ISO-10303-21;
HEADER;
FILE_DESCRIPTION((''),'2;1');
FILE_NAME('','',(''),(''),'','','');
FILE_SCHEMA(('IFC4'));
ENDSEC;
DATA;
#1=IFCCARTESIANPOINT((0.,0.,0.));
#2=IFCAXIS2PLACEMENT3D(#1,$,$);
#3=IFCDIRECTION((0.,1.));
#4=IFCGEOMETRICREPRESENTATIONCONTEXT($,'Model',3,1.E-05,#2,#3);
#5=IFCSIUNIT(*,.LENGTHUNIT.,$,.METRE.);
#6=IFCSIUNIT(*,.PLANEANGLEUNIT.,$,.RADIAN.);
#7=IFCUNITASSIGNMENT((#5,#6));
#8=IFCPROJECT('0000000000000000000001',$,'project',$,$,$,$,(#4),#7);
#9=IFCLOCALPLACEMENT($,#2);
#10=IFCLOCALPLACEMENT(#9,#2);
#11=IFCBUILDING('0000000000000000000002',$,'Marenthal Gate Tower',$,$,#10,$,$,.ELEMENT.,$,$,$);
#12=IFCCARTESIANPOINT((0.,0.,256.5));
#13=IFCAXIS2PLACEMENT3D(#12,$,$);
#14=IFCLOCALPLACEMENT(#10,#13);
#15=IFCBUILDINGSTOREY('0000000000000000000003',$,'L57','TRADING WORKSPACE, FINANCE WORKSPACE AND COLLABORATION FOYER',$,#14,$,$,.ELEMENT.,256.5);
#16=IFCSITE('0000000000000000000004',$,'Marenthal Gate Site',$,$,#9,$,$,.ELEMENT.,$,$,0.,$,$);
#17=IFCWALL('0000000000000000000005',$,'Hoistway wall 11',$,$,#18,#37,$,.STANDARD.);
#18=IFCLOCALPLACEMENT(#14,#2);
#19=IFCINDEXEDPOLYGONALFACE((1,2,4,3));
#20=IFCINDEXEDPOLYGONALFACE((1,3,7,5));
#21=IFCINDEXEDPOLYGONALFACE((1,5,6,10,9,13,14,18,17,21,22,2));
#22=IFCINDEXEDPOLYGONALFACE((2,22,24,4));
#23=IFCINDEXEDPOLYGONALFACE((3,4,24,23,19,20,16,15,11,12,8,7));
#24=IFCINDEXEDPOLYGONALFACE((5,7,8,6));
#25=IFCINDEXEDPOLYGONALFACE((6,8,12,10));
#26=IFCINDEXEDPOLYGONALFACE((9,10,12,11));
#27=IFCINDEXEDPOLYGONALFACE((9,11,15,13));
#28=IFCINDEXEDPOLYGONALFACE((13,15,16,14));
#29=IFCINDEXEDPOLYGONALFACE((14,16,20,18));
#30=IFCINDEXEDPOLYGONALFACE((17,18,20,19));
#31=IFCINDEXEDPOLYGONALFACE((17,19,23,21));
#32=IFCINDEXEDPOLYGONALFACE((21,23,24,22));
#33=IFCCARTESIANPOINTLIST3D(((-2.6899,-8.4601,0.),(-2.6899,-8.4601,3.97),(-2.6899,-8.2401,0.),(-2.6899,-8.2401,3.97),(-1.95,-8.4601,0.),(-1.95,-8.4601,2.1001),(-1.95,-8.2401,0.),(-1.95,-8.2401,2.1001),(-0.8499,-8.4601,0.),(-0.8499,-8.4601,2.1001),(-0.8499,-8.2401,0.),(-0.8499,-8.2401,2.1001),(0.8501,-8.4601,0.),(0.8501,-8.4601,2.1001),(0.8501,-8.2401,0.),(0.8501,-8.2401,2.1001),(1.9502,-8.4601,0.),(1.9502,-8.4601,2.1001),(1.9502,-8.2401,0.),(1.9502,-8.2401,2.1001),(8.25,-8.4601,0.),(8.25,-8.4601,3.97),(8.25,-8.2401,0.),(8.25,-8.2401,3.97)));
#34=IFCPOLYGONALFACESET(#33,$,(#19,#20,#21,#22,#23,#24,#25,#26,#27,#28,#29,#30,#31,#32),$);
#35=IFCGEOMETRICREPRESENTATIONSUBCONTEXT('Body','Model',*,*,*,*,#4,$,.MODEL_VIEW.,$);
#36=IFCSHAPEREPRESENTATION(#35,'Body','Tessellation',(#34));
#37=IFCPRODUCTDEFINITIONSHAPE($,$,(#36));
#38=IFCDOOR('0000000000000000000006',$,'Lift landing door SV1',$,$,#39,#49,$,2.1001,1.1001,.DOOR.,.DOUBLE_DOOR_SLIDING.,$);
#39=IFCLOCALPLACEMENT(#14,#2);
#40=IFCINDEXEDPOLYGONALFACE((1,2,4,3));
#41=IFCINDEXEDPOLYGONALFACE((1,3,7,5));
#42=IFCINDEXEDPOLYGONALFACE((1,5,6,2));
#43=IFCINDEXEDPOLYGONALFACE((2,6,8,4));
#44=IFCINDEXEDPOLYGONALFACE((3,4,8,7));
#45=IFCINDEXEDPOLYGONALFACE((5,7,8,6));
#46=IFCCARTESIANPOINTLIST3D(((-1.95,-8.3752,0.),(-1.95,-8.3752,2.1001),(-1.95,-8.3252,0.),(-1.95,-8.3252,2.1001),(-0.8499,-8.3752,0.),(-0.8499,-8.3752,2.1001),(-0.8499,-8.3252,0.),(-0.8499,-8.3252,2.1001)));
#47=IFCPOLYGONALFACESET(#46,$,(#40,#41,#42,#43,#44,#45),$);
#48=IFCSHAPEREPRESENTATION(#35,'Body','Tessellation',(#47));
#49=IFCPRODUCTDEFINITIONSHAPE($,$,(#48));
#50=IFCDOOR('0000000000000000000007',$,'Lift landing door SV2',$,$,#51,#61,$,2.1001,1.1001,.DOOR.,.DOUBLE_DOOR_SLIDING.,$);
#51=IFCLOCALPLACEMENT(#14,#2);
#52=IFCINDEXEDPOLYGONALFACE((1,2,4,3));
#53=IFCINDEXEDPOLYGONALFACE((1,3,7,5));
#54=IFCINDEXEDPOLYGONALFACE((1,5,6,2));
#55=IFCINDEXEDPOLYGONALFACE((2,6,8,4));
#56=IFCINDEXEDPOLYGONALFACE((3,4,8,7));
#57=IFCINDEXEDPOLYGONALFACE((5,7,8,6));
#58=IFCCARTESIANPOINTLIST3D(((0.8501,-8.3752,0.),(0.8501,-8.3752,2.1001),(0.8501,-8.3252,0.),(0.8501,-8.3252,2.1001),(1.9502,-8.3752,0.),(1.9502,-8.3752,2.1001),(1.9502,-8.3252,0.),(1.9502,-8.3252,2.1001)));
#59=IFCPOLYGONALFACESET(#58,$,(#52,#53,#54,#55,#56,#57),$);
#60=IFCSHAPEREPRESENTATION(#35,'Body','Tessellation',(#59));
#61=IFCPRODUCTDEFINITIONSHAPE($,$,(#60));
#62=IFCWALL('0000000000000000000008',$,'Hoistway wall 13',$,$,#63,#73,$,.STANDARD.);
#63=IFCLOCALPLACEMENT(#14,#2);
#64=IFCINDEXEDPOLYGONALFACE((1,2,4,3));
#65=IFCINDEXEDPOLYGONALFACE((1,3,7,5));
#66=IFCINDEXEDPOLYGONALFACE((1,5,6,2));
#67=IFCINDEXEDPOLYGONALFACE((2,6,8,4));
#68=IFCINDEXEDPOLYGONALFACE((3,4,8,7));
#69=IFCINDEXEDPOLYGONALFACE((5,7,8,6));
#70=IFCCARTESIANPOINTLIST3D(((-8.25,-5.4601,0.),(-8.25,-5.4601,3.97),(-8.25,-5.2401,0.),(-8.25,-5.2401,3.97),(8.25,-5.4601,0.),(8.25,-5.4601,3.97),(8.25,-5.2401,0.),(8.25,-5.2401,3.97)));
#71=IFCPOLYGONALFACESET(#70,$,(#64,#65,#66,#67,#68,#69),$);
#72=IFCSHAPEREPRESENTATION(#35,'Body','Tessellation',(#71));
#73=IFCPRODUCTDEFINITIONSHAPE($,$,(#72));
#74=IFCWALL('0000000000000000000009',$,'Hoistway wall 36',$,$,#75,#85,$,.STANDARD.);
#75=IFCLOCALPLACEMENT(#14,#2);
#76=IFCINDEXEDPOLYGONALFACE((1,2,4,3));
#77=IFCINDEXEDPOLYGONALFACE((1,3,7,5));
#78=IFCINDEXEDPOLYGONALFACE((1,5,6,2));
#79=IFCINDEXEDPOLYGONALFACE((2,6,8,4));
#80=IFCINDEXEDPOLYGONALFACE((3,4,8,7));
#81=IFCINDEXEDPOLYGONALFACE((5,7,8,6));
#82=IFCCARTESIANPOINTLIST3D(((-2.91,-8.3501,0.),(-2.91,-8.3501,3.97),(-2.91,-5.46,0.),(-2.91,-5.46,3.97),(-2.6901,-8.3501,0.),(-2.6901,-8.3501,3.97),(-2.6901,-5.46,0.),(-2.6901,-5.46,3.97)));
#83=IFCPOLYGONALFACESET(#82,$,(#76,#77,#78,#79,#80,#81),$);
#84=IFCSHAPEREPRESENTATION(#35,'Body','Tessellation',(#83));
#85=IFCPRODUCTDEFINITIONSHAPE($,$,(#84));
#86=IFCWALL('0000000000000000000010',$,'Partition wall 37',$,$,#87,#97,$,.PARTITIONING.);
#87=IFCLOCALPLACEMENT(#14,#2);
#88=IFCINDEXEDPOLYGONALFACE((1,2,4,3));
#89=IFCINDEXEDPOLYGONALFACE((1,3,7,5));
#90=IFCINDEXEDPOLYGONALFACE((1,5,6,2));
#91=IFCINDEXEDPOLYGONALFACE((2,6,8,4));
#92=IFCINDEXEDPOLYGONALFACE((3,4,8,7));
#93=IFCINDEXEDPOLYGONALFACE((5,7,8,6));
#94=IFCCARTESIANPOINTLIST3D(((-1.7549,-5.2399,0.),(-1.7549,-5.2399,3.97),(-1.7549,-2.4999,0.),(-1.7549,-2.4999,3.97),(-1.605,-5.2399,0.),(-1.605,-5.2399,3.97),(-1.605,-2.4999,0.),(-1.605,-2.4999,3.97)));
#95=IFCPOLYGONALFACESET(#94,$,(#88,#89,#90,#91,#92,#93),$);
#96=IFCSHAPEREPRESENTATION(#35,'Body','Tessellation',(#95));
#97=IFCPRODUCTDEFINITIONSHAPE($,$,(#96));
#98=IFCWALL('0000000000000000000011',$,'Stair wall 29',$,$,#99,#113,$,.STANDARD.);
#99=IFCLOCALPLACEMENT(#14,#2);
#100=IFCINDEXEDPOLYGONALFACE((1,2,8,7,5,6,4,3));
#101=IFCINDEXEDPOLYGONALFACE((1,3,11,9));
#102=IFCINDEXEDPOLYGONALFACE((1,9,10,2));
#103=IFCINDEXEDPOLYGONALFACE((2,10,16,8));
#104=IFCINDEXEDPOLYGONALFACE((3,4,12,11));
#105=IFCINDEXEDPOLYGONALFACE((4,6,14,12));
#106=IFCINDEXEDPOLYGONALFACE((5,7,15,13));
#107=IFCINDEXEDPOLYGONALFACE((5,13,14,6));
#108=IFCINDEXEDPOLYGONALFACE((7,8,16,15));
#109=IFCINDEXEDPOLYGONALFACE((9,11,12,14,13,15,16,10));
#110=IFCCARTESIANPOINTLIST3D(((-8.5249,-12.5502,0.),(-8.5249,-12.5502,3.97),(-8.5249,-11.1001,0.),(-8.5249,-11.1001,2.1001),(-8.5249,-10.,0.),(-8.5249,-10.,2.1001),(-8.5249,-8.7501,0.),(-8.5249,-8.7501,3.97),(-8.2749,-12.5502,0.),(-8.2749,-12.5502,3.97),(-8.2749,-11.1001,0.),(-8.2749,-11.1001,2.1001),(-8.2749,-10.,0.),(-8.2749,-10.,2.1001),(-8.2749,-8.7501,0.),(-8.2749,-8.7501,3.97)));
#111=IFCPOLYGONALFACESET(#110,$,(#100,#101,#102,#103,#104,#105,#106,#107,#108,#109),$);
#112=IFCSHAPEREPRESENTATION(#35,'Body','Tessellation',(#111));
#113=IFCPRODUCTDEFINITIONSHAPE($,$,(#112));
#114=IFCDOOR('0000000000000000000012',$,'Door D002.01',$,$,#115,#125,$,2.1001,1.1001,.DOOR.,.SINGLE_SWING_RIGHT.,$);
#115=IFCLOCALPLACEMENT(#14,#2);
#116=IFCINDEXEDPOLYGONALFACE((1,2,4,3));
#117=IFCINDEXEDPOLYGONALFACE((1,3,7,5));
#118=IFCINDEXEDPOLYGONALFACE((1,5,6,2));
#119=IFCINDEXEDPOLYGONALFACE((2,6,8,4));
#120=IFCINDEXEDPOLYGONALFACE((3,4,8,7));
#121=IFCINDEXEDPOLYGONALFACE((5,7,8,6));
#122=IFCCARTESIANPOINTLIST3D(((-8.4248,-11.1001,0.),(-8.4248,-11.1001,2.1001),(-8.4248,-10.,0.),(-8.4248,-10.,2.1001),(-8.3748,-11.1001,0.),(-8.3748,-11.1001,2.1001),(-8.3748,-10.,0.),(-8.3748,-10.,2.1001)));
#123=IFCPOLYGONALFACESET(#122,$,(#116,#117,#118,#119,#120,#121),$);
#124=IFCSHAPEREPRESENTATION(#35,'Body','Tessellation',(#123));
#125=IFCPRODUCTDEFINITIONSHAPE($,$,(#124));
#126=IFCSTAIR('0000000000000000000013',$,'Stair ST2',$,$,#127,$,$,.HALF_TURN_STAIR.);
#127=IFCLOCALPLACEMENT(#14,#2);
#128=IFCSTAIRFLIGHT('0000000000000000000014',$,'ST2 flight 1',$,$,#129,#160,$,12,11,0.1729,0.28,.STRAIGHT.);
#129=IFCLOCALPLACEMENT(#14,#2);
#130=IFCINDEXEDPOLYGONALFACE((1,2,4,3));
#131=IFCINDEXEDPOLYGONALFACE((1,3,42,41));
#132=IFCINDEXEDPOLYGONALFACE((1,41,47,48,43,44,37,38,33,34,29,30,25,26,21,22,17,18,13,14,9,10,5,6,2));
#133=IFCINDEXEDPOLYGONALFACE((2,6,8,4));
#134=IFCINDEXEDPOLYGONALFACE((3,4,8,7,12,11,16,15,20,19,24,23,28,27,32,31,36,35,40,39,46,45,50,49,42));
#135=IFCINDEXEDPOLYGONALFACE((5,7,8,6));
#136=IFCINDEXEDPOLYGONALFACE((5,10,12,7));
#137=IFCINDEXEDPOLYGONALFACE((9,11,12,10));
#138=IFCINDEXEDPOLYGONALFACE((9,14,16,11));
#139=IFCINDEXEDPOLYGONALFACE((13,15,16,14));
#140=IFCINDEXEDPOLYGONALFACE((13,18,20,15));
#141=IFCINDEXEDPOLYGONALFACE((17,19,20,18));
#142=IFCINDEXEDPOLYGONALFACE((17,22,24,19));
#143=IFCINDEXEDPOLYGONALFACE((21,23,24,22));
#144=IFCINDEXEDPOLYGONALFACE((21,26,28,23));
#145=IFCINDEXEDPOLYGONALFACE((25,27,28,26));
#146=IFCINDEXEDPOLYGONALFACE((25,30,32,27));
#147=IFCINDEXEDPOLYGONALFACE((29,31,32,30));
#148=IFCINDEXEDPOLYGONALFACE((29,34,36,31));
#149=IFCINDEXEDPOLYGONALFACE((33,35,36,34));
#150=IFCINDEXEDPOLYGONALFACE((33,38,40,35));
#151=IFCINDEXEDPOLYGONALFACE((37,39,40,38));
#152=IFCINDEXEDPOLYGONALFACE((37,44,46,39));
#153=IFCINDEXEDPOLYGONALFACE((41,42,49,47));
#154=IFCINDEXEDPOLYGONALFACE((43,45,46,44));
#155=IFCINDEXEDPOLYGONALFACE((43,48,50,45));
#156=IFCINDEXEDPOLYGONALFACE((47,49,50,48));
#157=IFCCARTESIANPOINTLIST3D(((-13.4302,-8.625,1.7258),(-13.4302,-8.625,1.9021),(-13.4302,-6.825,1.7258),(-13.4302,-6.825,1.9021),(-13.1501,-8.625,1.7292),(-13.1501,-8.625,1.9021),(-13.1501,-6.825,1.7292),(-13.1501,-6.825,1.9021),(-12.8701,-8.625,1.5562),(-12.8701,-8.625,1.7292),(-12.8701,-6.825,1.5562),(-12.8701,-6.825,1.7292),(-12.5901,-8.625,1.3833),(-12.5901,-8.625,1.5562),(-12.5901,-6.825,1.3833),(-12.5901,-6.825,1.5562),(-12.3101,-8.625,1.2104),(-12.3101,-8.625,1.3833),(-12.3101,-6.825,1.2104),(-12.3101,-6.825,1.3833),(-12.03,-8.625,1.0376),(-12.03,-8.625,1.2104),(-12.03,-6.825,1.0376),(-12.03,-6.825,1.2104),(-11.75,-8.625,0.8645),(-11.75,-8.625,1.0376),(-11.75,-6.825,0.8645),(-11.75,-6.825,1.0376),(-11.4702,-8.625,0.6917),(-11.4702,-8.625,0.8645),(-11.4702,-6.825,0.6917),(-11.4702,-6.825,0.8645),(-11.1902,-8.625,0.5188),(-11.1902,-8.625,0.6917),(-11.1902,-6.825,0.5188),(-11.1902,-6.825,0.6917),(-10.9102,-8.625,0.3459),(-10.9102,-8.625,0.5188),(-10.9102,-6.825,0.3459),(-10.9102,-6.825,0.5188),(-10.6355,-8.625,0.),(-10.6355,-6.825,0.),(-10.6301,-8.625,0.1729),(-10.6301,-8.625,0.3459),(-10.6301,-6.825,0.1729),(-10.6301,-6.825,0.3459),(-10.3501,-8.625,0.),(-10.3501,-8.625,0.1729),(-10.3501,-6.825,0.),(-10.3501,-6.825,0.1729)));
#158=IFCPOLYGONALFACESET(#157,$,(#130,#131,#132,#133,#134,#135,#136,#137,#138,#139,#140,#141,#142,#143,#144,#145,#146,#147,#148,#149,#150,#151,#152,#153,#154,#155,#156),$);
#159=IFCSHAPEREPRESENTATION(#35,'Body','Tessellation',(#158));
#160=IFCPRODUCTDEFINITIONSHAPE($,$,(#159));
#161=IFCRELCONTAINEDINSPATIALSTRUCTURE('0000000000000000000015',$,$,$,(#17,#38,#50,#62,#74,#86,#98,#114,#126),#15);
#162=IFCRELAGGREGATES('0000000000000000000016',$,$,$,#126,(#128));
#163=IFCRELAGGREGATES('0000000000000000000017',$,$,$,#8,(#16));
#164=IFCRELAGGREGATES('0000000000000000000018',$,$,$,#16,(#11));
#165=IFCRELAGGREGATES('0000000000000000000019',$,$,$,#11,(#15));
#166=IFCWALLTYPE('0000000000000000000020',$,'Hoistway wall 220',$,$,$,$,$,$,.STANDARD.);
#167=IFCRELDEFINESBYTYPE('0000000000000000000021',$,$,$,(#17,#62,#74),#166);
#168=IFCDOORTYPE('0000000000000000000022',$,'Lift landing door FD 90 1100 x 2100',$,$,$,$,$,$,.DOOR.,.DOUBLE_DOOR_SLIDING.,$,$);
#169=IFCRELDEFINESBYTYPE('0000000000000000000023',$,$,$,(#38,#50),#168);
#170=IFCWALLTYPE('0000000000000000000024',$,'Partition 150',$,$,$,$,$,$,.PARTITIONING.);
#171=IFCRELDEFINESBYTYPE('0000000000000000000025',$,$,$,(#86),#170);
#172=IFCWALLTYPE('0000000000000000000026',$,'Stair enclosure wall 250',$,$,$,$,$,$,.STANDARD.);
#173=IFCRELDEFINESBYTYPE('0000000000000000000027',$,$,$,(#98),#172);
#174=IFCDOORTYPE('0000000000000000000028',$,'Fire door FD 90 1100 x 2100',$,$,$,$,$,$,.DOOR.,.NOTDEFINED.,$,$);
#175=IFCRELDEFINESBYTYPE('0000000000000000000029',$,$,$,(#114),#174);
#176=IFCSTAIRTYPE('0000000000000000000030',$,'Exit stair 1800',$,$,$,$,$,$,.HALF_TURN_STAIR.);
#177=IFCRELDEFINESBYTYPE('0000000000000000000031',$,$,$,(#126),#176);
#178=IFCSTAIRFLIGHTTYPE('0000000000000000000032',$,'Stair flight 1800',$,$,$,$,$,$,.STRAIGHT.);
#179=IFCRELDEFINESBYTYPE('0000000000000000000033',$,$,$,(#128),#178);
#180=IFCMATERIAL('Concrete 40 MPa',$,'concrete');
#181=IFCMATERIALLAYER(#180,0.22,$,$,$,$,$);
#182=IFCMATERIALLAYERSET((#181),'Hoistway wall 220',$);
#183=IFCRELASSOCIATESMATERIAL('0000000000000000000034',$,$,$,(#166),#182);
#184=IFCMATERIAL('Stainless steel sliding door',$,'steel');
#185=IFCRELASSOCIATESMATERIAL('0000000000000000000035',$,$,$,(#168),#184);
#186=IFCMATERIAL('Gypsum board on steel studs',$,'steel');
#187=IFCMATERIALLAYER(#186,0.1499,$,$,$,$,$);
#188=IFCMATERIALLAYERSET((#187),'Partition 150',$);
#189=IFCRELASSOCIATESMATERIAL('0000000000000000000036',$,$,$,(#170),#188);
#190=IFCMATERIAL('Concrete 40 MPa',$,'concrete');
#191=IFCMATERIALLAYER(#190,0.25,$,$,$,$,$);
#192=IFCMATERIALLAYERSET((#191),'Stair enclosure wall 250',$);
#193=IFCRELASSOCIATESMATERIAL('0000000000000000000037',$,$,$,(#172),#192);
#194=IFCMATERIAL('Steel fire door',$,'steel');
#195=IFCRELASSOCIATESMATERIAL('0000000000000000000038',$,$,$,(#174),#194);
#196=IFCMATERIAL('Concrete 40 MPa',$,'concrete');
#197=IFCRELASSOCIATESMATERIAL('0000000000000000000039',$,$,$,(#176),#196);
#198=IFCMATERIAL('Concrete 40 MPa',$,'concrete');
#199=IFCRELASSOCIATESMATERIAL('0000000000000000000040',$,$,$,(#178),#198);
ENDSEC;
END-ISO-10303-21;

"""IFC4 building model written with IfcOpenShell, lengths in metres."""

from ifc_helpers import new_model, si_unit, direction, frame, frame_2d, origin, place, context, subcontext, project, spatial, polyline, rectangle, outline, extrude, material, layer, layer_set, type_object, element, fill, aggregate, save


model = new_model("IFC4")

# Units and contexts
model_context = context("Model", 3, precision=1e-05, world=origin(), true_north=direction((0.0, 1.0)))
body_context = subcontext(model_context, "Body", "Model", "MODEL_VIEW")
ifc_project = project(units=[si_unit("LENGTHUNIT", "METRE"), si_unit("PLANEANGLEUNIT", "RADIAN")], contexts=[model_context])

# Site, building, storey
site_placement = place(None, origin())
site = spatial("IfcSite", under=ifc_project, at=site_placement, Name="Marenthal Gate Site", CompositionType="ELEMENT", RefElevation=0.0)
building_placement = place(site_placement, origin())
building = spatial("IfcBuilding", under=site, at=building_placement, Name="Marenthal Gate Tower", CompositionType="ELEMENT")
storey_placement = place(building_placement, frame((0.0, 0.0, 256.5)))
storey = spatial("IfcBuildingStorey", under=building, at=storey_placement, Name="L57", Description="TRADING WORKSPACE, FINANCE WORKSPACE AND COLLABORATION FOYER", CompositionType="ELEMENT", Elevation=256.5)

# Wall, openings, doors
ifc_material_1 = material(Name="Concrete 40 MPa", Category="concrete")
ifc_layer_1 = layer(ifc_material_1, 0.22)
ifc_layer_set_1 = layer_set([ifc_layer_1], Name="Hoistway wall 220")
wall_type_1 = type_object("IfcWallType", Name="Hoistway wall 220", PredefinedType="STANDARD", material=ifc_layer_set_1)
ifc_material_2 = material(Name="Stainless steel sliding door", Category="steel")
door_type_1 = type_object("IfcDoorType", Name="Lift landing door FD 90 1100 x 2100", OperationType="DOUBLE_DOOR_SLIDING", PredefinedType="DOOR", material=ifc_material_2)
wall_1_placement = place(storey_placement, frame((-2.6899, -8.3501, 0.0), z_axis=(0.0, 0.0, 1.0), x_axis=(1.0, 0.0, 0.0)))
wall_1 = element("IfcWall", 1, at=wall_1_placement, inside=storey, type_object=wall_type_1, Name="Hoistway wall 11", PredefinedType="STANDARD", context=body_context, shape_type="SweptSolid", body=[
    extrude(rectangle(XDim=10.9399, YDim=0.22, at=frame_2d((5.47, 0.0))), origin(), (0.0, 0.0, 1.0), 3.97),
])
opening_1_placement = place(wall_1_placement, frame((0.74, 0.0, 0.0)))
opening_1 = element("IfcOpeningElement", 2, at=opening_1_placement, cuts=wall_1, PredefinedType="OPENING", context=body_context, shape_type="SweptSolid", body=[
    extrude(rectangle(XDim=1.1001, YDim=2.1001, at=frame_2d((0.55, 1.05))), frame((0.0, 0.1201, 0.0), z_axis=(0.0, -1.0, 0.0), x_axis=(1.0, 0.0, 0.0)), (0.0, 0.0, 1.0), 0.24),
])
opening_2_placement = place(wall_1_placement, frame((3.54, 0.0, 0.0)))
opening_2 = element("IfcOpeningElement", 3, at=opening_2_placement, cuts=wall_1, PredefinedType="OPENING", context=body_context, shape_type="SweptSolid", body=[
    extrude(rectangle(XDim=1.1001, YDim=2.1001, at=frame_2d((0.55, 1.05))), frame((0.0, 0.1201, 0.0), z_axis=(0.0, -1.0, 0.0), x_axis=(1.0, 0.0, 0.0)), (0.0, 0.0, 1.0), 0.24),
])
door_1_placement = place(opening_1_placement, origin())
door_1 = element("IfcDoor", 4, at=door_1_placement, inside=storey, type_object=door_type_1, Name="Lift landing door SV1", OperationType="DOUBLE_DOOR_SLIDING", OverallHeight=2.1001, OverallWidth=1.1001, PredefinedType="DOOR", context=body_context, shape_type="SweptSolid", body=[
    extrude(rectangle(XDim=1.1001, YDim=2.1001, at=frame_2d((0.55, 1.05))), frame((0.0, 0.0249, 0.0), z_axis=(0.0, -1.0, 0.0), x_axis=(1.0, 0.0, 0.0)), (0.0, 0.0, 1.0), 0.05),
])
fill(opening_1, door_1)
door_2_placement = place(opening_2_placement, origin())
door_2 = element("IfcDoor", 5, at=door_2_placement, inside=storey, type_object=door_type_1, Name="Lift landing door SV2", OperationType="DOUBLE_DOOR_SLIDING", OverallHeight=2.1001, OverallWidth=1.1001, PredefinedType="DOOR", context=body_context, shape_type="SweptSolid", body=[
    extrude(rectangle(XDim=1.1001, YDim=2.1001, at=frame_2d((0.55, 1.05))), frame((0.0, 0.0249, 0.0), z_axis=(0.0, -1.0, 0.0), x_axis=(1.0, 0.0, 0.0)), (0.0, 0.0, 1.0), 0.05),
])
fill(opening_2, door_2)

# Walls
wall_2_placement = place(storey_placement, frame((-8.25, -5.3501, 0.0), z_axis=(0.0, 0.0, 1.0), x_axis=(1.0, 0.0, 0.0)))
element("IfcWall", 6, at=wall_2_placement, inside=storey, type_object=wall_type_1, Name="Hoistway wall 13", PredefinedType="STANDARD", context=body_context, shape_type="SweptSolid", body=[
    extrude(rectangle(XDim=16.5, YDim=0.22, at=frame_2d((8.25, 0.0))), origin(), (0.0, 0.0, 1.0), 3.97),
])
wall_3_placement = place(storey_placement, frame((-2.8, -8.3501, 0.0), z_axis=(0.0, 0.0, 1.0), x_axis=(0.0, 1.0, 0.0)))
element("IfcWall", 7, at=wall_3_placement, inside=storey, type_object=wall_type_1, Name="Hoistway wall 36", PredefinedType="STANDARD", context=body_context, shape_type="SweptSolid", body=[
    extrude(rectangle(XDim=2.8901, YDim=0.22, at=frame_2d((1.4451, 0.0))), origin(), (0.0, 0.0, 1.0), 3.97),
])
ifc_material_3 = material(Name="Gypsum board on steel studs", Category="steel")
ifc_layer_2 = layer(ifc_material_3, 0.1499)
ifc_layer_set_2 = layer_set([ifc_layer_2], Name="Partition 150")
wall_type_2 = type_object("IfcWallType", Name="Partition 150", PredefinedType="PARTITIONING", material=ifc_layer_set_2)
wall_4_placement = place(storey_placement, frame((-1.6799, -5.24, 0.0), z_axis=(0.0, 0.0, 1.0), x_axis=(0.0, 1.0, 0.0)))
element("IfcWall", 8, at=wall_4_placement, inside=storey, type_object=wall_type_2, Name="Partition wall 37", PredefinedType="PARTITIONING", context=body_context, shape_type="SweptSolid", body=[
    extrude(rectangle(XDim=2.74, YDim=0.1499, at=frame_2d((1.3701, 0.0))), origin(), (0.0, 0.0, 1.0), 3.97),
])

# Wall, opening, door
ifc_material_4 = material(Name="Concrete 40 MPa", Category="concrete")
ifc_layer_3 = layer(ifc_material_4, 0.25)
ifc_layer_set_3 = layer_set([ifc_layer_3], Name="Stair enclosure wall 250")
wall_type_3 = type_object("IfcWallType", Name="Stair enclosure wall 250", PredefinedType="STANDARD", material=ifc_layer_set_3)
wall_5_placement = place(storey_placement, frame((-8.3999, -12.55, 0.0), z_axis=(0.0, 0.0, 1.0), x_axis=(0.0, 1.0, 0.0)))
wall_5 = element("IfcWall", 9, at=wall_5_placement, inside=storey, type_object=wall_type_3, Name="Stair wall 29", PredefinedType="STANDARD", context=body_context, shape_type="SweptSolid", body=[
    extrude(rectangle(XDim=3.8, YDim=0.25, at=frame_2d((1.8999, 0.0))), origin(), (0.0, 0.0, 1.0), 3.97),
])
opening_3_placement = place(wall_5_placement, frame((1.45, 0.0, 0.0)))
opening_3 = element("IfcOpeningElement", 10, at=opening_3_placement, cuts=wall_5, PredefinedType="OPENING", context=body_context, shape_type="SweptSolid", body=[
    extrude(rectangle(XDim=1.1001, YDim=2.1001, at=frame_2d((0.55, 1.05))), frame((0.0, 0.135, 0.0), z_axis=(0.0, -1.0, 0.0), x_axis=(1.0, 0.0, 0.0)), (0.0, 0.0, 1.0), 0.27),
])
ifc_material_5 = material(Name="Steel fire door", Category="steel")
door_type_2 = type_object("IfcDoorType", Name="Fire door FD 90 1100 x 2100", OperationType="NOTDEFINED", PredefinedType="DOOR", material=ifc_material_5)
door_3_placement = place(opening_3_placement, origin())
door_3 = element("IfcDoor", 11, at=door_3_placement, inside=storey, type_object=door_type_2, Name="Door D002.01", OperationType="SINGLE_SWING_RIGHT", OverallHeight=2.1001, OverallWidth=1.1001, PredefinedType="DOOR", context=body_context, shape_type="SweptSolid", body=[
    extrude(rectangle(XDim=1.1001, YDim=2.1001, at=frame_2d((0.55, 1.05))), frame((0.0, 0.0249, 0.0), z_axis=(0.0, -1.0, 0.0), x_axis=(1.0, 0.0, 0.0)), (0.0, 0.0, 1.0), 0.05),
])
fill(opening_3, door_3)

# Stair, stair flight
ifc_material_6 = material(Name="Concrete 40 MPa", Category="concrete")
stair_type = type_object("IfcStairType", Name="Exit stair 1800", PredefinedType="HALF_TURN_STAIR", material=ifc_material_6)
stair_placement = place(storey_placement, origin())
stair = element("IfcStair", 12, at=stair_placement, inside=storey, type_object=stair_type, Name="Stair ST2", PredefinedType="HALF_TURN_STAIR")
ifc_material_7 = material(Name="Concrete 40 MPa", Category="concrete")
stair_flight_type = type_object("IfcStairFlightType", Name="Stair flight 1800", PredefinedType="STRAIGHT", material=ifc_material_7)
stair_flight_1_placement = place(storey_placement, frame((-10.3501, -7.7251, 0.0), z_axis=(0.0, 0.0, 1.0), x_axis=(-1.0, 0.0, 0.0)))
stair_flight_1 = element("IfcStairFlight", 13, at=stair_flight_1_placement, type_object=stair_flight_type, Name="ST2 flight 1", NumberOfRisers=12, NumberOfTreads=11, PredefinedType="STRAIGHT", RiserHeight=0.1729, TreadLength=0.28, context=body_context, shape_type="SweptSolid", body=[
    extrude(outline(polyline([(0.0, 0.0), (0.0, 0.1729), (0.28, 0.1729), (0.28, 0.3459), (0.5601, 0.3459), (0.5601, 0.5188), (0.8401, 0.5188), (0.8401, 0.6917), (1.1201, 0.6917), (1.1201, 0.8645), (1.3999, 0.8645), (1.3999, 1.0376), (1.6799, 1.0376), (1.6799, 1.2104), (1.96, 1.2104), (1.96, 1.3833), (2.24, 1.3833), (2.24, 1.5562), (2.52, 1.5562), (2.52, 1.7292), (2.8, 1.7292), (2.8, 1.9021), (3.0801, 1.9021), (3.0801, 2.075), (3.0801, 1.7258), (0.2854, 0.0), (0.0, 0.0)])), frame((0.0, 0.8999, 0.0), z_axis=(0.0, -1.0, 0.0), x_axis=(1.0, 0.0, 0.0)), (0.0, 0.0, 1.0), 1.8),
])
aggregate(stair, [stair_flight_1])

save(model, "model.ifc")
